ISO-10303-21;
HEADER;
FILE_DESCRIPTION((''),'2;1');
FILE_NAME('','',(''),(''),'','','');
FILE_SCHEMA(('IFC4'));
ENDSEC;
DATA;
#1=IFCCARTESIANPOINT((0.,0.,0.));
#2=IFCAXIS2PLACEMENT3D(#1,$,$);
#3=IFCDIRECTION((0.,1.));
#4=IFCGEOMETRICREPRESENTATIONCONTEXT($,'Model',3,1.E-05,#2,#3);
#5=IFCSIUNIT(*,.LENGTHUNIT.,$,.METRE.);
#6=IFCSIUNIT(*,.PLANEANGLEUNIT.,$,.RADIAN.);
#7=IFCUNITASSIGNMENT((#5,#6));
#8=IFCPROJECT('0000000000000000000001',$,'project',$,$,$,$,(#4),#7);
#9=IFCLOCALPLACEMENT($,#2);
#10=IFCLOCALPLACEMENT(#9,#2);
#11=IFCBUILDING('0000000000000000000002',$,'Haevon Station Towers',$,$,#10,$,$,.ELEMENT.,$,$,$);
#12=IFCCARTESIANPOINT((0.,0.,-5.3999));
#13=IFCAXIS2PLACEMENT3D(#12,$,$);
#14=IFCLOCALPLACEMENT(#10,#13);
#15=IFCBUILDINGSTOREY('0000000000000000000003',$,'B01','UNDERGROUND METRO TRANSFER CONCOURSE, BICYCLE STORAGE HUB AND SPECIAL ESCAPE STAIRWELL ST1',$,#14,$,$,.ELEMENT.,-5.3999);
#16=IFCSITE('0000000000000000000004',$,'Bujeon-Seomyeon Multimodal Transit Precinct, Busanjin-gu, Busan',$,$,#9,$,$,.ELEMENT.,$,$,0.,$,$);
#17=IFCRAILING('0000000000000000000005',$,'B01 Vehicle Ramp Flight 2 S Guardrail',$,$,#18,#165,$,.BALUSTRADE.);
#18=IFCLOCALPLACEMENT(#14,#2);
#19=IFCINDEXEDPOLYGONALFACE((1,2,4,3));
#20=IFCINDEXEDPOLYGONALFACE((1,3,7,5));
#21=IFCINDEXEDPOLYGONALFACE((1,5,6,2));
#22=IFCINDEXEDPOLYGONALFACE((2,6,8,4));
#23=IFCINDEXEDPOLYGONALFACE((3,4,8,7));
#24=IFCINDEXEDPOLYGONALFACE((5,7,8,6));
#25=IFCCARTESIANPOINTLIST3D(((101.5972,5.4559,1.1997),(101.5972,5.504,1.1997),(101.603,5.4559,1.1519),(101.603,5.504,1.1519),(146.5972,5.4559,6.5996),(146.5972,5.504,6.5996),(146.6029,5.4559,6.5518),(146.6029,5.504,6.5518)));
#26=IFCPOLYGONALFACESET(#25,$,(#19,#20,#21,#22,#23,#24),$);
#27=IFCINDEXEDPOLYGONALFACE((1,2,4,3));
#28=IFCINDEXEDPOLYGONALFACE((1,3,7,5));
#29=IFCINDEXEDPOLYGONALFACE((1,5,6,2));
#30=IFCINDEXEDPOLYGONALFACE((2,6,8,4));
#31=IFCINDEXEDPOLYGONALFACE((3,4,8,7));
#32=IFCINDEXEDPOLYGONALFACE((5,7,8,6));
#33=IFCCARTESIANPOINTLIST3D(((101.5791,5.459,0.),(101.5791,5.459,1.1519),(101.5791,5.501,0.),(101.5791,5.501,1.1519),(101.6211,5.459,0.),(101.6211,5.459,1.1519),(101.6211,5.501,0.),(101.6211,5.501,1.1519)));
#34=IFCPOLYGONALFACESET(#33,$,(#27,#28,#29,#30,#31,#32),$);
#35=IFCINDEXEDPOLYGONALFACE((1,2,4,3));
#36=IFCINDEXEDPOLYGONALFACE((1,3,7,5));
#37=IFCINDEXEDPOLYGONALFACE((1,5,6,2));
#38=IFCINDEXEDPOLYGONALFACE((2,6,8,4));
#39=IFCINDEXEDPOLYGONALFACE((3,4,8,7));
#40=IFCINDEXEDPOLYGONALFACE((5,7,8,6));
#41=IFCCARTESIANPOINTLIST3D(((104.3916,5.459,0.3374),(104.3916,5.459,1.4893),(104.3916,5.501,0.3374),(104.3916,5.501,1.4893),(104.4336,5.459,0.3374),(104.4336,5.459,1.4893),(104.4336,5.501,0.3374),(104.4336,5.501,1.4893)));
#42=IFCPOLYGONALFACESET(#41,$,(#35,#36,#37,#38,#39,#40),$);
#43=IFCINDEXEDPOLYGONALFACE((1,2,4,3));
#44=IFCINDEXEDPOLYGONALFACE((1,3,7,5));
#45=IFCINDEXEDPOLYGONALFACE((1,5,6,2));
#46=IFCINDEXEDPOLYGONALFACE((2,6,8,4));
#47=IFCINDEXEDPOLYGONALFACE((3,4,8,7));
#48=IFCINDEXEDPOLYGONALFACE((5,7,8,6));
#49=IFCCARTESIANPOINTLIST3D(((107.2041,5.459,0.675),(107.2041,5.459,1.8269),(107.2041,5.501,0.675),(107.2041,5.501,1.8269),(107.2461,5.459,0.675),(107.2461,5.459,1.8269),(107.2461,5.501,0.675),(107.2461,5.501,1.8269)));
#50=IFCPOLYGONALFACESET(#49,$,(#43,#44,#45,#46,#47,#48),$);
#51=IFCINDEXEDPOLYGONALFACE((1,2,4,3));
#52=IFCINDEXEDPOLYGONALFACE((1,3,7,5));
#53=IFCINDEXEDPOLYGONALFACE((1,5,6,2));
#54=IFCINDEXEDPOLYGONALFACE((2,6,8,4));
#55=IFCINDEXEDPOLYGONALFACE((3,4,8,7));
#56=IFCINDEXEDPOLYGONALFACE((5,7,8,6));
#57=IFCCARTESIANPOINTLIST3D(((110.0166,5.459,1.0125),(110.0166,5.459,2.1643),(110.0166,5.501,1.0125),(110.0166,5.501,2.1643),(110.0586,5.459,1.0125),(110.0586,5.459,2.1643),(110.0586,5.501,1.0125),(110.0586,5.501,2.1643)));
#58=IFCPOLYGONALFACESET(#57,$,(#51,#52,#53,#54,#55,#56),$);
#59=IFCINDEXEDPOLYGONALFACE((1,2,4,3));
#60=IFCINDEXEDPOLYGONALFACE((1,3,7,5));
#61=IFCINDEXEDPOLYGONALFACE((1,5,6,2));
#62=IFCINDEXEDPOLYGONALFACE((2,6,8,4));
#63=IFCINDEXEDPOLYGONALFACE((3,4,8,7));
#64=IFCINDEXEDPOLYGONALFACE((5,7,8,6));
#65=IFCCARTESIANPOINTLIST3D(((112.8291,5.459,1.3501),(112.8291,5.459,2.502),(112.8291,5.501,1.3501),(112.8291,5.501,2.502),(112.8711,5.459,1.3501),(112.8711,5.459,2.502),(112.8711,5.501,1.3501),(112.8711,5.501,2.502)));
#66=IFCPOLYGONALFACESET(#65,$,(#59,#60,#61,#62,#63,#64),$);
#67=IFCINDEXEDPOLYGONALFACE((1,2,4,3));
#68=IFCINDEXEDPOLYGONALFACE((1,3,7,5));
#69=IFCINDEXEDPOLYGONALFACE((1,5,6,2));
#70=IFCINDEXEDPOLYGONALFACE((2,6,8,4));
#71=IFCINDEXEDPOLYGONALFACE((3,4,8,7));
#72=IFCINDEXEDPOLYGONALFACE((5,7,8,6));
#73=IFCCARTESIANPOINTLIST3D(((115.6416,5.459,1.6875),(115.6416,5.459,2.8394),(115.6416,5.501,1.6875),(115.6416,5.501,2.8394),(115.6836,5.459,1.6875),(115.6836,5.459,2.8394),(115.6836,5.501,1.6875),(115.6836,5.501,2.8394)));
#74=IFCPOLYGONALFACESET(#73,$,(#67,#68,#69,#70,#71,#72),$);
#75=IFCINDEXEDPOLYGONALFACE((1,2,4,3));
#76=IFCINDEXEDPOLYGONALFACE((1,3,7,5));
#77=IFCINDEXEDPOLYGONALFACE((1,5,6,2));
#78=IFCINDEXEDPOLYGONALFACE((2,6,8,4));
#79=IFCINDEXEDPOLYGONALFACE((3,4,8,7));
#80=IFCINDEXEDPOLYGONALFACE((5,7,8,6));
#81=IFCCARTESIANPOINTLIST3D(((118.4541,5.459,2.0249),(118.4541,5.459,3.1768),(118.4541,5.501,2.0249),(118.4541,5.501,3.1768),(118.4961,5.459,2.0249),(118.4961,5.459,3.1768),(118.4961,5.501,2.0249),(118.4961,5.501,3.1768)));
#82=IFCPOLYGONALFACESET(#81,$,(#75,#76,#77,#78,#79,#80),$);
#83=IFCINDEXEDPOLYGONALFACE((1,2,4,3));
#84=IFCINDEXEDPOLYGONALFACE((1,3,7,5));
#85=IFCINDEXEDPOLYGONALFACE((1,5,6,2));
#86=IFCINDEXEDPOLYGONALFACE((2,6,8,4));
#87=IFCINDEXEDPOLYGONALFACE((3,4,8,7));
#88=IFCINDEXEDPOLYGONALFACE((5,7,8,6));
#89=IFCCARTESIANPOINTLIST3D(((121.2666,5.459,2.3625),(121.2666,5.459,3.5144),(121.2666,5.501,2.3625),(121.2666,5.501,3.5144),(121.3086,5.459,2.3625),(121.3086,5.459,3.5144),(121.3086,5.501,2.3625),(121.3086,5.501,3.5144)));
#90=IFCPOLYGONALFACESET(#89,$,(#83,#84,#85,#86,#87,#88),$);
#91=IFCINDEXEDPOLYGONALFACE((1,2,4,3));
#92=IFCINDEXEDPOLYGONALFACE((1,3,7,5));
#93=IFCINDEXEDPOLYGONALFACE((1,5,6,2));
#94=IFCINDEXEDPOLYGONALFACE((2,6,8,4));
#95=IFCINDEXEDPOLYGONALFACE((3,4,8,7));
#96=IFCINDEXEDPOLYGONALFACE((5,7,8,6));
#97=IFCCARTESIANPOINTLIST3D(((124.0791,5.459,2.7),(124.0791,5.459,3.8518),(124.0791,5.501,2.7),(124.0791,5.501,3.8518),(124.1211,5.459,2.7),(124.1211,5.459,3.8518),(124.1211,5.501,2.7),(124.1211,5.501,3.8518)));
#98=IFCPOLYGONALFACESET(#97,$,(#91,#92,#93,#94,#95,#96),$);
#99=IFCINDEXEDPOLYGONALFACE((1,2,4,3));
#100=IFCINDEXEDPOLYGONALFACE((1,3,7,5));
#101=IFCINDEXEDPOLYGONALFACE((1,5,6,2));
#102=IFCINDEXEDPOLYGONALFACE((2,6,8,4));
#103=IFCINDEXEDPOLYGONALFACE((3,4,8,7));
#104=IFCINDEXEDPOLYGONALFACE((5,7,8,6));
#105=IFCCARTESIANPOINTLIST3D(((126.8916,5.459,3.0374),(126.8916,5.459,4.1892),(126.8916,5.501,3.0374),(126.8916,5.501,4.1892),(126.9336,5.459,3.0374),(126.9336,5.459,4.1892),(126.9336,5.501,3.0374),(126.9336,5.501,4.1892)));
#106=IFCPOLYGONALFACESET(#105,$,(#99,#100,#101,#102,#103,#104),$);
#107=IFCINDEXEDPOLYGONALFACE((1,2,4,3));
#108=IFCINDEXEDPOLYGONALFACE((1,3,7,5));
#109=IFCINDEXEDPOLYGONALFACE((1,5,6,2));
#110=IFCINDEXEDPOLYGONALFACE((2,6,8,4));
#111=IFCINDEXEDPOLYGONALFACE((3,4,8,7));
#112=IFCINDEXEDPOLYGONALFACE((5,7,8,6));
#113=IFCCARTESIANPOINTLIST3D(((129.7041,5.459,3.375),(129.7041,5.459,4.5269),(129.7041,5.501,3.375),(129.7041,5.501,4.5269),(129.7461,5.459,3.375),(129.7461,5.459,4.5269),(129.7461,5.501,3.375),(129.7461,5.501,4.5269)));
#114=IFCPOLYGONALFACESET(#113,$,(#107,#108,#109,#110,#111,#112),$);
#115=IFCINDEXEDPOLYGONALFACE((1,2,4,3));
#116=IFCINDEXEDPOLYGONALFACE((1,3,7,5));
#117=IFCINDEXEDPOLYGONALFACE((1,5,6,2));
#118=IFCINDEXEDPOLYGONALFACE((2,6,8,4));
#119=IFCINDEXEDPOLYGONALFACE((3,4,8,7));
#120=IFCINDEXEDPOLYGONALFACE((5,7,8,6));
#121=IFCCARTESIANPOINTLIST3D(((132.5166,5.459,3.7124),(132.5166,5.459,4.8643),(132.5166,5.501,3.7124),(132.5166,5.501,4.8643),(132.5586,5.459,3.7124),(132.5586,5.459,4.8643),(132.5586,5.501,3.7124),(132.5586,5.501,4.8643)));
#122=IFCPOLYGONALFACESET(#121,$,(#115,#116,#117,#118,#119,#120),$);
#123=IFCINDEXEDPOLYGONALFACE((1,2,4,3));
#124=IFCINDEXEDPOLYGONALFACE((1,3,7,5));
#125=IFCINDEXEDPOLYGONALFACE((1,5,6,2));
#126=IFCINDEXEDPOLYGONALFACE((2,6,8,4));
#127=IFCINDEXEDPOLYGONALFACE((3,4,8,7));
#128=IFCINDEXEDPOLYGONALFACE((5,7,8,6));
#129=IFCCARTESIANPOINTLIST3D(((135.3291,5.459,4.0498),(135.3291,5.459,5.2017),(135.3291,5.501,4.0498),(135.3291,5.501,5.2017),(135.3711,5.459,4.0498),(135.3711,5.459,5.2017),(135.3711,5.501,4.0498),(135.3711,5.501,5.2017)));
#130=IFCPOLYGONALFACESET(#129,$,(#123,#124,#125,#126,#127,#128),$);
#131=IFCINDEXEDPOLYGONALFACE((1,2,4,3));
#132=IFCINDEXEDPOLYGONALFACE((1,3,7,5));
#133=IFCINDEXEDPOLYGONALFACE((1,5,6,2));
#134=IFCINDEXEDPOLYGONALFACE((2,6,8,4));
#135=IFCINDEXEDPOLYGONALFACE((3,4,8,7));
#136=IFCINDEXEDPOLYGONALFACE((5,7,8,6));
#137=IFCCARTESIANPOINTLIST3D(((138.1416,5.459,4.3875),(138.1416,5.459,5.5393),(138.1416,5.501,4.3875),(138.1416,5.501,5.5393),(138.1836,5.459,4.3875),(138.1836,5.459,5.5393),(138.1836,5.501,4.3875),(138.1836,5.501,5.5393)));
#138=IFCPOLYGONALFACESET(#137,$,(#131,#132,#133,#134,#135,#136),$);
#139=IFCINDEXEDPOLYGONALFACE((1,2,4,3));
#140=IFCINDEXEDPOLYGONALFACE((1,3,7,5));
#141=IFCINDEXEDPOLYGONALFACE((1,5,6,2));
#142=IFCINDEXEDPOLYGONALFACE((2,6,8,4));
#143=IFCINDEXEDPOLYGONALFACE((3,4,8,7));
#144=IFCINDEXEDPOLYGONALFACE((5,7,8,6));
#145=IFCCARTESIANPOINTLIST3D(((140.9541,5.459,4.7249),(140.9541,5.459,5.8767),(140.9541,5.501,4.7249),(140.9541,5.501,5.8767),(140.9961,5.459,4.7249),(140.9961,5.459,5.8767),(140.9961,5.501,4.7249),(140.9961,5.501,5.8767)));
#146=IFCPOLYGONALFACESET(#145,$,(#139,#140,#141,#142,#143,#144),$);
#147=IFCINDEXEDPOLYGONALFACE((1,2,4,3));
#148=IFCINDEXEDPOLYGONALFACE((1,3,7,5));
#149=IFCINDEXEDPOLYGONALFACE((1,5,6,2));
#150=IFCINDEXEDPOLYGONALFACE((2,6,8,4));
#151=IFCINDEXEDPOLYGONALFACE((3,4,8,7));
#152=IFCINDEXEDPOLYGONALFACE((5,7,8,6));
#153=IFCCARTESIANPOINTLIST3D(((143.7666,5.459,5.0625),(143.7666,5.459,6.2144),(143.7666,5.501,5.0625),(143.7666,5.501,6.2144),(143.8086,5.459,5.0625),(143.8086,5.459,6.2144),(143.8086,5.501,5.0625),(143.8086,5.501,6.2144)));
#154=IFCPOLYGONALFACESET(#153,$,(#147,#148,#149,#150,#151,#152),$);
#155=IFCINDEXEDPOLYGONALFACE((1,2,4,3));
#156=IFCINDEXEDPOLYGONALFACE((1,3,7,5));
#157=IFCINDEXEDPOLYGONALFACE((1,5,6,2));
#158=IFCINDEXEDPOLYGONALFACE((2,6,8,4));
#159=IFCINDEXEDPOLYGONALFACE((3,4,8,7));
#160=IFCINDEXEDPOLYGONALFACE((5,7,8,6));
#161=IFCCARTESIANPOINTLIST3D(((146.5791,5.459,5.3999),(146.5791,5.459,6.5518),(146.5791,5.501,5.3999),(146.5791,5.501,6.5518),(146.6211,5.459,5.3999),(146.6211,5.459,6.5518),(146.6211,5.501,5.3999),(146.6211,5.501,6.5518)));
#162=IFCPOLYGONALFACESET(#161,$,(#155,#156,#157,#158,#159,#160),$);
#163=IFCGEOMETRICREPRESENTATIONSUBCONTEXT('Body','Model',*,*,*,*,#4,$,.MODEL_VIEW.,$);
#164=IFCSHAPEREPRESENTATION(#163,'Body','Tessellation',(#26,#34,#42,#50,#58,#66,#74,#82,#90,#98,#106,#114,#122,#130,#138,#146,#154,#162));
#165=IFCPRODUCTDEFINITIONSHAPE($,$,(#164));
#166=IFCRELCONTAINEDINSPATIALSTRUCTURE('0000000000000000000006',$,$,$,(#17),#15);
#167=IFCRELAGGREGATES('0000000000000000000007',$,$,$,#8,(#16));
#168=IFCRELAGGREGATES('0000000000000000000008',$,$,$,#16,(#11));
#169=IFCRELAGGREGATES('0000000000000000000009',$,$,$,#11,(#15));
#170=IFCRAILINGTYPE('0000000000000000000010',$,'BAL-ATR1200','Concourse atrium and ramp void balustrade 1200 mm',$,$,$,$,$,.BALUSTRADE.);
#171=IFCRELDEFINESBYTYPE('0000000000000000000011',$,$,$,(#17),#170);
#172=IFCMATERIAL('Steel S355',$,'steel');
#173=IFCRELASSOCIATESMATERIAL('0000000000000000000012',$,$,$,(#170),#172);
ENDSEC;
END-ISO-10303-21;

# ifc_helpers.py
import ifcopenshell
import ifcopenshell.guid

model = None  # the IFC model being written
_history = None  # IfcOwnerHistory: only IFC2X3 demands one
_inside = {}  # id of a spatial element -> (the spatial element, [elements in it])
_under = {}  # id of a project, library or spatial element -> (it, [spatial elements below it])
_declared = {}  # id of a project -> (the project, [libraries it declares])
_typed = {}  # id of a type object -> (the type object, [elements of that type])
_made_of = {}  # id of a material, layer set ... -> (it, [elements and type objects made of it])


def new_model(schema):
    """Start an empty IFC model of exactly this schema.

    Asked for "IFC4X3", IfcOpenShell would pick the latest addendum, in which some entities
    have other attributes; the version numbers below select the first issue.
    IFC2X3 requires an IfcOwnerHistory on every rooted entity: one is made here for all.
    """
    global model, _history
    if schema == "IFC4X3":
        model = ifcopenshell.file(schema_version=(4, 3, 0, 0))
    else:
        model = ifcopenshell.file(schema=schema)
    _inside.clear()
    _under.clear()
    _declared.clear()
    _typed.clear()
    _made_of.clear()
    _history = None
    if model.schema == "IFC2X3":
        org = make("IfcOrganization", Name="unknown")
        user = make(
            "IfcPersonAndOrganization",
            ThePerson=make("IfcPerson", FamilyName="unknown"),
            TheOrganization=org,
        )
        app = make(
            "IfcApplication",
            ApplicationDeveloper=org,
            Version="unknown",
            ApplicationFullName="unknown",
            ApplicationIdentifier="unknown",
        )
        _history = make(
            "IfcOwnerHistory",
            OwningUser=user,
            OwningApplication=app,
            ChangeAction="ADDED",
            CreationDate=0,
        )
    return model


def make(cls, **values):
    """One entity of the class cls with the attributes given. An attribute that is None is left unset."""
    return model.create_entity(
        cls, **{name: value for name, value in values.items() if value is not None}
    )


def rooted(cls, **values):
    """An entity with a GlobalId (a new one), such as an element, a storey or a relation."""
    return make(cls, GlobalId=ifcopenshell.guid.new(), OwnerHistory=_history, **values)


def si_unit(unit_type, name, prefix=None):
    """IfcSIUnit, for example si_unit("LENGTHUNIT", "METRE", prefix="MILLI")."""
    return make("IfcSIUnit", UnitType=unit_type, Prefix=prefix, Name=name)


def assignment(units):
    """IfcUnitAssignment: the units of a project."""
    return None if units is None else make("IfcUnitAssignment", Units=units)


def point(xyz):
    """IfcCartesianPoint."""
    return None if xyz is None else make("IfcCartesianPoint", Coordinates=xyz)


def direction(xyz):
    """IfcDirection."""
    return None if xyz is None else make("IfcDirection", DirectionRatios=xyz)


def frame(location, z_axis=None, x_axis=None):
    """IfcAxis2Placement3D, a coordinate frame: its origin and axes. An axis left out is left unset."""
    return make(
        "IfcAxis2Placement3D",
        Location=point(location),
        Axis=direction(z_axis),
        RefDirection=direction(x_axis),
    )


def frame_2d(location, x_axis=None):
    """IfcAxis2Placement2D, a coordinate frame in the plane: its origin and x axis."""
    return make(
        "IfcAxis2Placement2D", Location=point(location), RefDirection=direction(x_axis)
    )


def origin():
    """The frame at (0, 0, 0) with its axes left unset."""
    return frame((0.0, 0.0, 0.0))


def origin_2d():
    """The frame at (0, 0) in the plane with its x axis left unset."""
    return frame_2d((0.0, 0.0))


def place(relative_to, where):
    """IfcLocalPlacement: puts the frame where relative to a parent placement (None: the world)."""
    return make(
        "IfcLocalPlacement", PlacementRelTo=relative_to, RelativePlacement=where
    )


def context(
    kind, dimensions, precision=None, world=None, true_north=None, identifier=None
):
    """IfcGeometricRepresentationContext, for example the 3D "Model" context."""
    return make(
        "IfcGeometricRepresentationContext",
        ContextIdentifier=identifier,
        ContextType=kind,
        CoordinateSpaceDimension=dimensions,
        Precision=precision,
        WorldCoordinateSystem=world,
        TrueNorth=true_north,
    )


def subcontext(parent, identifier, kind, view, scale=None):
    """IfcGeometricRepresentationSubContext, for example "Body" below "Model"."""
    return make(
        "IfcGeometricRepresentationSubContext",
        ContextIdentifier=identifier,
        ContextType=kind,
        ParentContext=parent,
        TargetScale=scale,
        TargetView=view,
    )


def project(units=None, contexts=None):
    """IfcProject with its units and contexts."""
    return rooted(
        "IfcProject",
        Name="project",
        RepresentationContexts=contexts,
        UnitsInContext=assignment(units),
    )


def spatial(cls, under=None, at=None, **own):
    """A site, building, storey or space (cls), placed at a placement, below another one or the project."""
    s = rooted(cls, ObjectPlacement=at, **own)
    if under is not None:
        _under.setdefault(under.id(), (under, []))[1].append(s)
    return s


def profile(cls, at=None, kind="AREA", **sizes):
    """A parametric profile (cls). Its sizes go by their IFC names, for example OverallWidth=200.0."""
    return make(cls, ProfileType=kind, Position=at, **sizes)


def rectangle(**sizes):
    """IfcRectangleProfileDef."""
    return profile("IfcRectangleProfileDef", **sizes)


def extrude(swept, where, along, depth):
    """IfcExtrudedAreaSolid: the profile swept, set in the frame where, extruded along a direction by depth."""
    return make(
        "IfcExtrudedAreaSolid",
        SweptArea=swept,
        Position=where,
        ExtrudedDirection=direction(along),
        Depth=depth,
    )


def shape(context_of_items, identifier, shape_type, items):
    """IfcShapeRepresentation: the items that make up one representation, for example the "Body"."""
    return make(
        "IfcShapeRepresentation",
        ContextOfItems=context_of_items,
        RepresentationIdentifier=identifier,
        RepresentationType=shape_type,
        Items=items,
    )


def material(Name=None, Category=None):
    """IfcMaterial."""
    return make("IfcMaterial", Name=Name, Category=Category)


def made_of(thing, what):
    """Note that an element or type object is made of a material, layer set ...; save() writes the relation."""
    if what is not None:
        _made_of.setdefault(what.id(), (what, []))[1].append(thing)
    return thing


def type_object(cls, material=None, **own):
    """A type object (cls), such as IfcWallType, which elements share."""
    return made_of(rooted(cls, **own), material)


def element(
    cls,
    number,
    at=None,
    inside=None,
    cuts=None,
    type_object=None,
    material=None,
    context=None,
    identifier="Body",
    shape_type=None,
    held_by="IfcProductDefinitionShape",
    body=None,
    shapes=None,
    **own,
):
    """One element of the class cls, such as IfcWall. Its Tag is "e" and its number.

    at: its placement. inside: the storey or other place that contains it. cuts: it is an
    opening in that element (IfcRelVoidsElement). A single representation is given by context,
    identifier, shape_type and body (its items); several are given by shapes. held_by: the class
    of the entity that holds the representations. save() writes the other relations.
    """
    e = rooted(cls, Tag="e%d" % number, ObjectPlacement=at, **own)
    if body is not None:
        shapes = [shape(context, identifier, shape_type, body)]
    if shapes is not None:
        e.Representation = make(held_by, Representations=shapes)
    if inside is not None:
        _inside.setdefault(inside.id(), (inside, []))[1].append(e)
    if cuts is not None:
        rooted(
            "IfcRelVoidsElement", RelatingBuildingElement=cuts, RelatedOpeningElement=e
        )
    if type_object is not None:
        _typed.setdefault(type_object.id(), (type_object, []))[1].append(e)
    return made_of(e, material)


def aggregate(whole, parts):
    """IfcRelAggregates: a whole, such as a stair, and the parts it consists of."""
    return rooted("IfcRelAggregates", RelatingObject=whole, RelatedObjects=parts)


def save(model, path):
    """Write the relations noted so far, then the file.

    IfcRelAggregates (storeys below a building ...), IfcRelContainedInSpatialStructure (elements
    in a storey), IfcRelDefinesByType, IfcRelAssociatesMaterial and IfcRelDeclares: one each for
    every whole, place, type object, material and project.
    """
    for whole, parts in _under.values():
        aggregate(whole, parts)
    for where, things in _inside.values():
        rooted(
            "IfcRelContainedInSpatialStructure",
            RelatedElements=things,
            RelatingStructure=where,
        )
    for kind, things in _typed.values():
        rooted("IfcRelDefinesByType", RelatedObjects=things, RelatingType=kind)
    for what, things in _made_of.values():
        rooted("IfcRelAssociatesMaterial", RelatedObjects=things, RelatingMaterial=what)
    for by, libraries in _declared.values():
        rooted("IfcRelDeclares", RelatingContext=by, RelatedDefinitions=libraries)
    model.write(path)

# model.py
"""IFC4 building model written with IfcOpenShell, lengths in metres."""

from ifc_helpers import new_model, si_unit, direction, frame, origin, origin_2d, place, context, subcontext, project, spatial, rectangle, extrude, material, type_object, element, save


model = new_model("IFC4")

# Units and contexts
model_context = context("Model", 3, precision=1e-05, world=origin(), true_north=direction((0.0, 1.0)))
body_context = subcontext(model_context, "Body", "Model", "MODEL_VIEW")
ifc_project = project(units=[si_unit("LENGTHUNIT", "METRE"), si_unit("PLANEANGLEUNIT", "RADIAN")], contexts=[model_context])

# Site, building, storey
site_placement = place(None, origin())
site = spatial("IfcSite", under=ifc_project, at=site_placement, Name="Bujeon-Seomyeon Multimodal Transit Precinct, Busanjin-gu, Busan", CompositionType="ELEMENT", RefElevation=0.0)
building_placement = place(site_placement, origin())
building = spatial("IfcBuilding", under=site, at=building_placement, Name="Haevon Station Towers", CompositionType="ELEMENT")
storey_placement = place(building_placement, frame((0.0, 0.0, -5.3999)))
storey = spatial("IfcBuildingStorey", under=building, at=storey_placement, Name="B01", Description="UNDERGROUND METRO TRANSFER CONCOURSE, BICYCLE STORAGE HUB AND SPECIAL ESCAPE STAIRWELL ST1", CompositionType="ELEMENT", Elevation=-5.3999)

# Shared definitions
ifc_material_1 = material(Name="Steel S355", Category="steel")

# Railing
railing_type_1 = type_object("IfcRailingType", Name="BAL-ATR1200", Description="Concourse atrium and ramp void balustrade 1200 mm", PredefinedType="BALUSTRADE", material=ifc_material_1)
railing_1_placement = place(storey_placement, frame((101.6001, 5.48, 0.0)))
element("IfcRailing", 1, at=railing_1_placement, inside=storey, type_object=railing_type_1, Name="B01 Vehicle Ramp Flight 2 S Guardrail", PredefinedType="BALUSTRADE", context=body_context, shape_type="SweptSolid", body=[
    extrude(rectangle(XDim=0.0481, YDim=0.0481, at=origin_2d()), frame((0.0, 0.0, 1.1758), z_axis=(0.992877, 0.0, 0.119143), x_axis=(0.0, 1.0, 0.0)), (0.0, 0.0, 1.0), 45.3228),
    extrude(rectangle(XDim=0.042, YDim=0.042, at=origin_2d()), origin(), (0.0, 0.0, 1.0), 1.1519),
    extrude(rectangle(XDim=0.042, YDim=0.042, at=origin_2d()), frame((2.8125, 0.0, 0.3374)), (0.0, 0.0, 1.0), 1.1519),
    extrude(rectangle(XDim=0.042, YDim=0.042, at=origin_2d()), frame((5.625, 0.0, 0.675)), (0.0, 0.0, 1.0), 1.1519),
    extrude(rectangle(XDim=0.042, YDim=0.042, at=origin_2d()), frame((8.4375, 0.0, 1.0125)), (0.0, 0.0, 1.0), 1.1519),
    extrude(rectangle(XDim=0.042, YDim=0.042, at=origin_2d()), frame((11.25, 0.0, 1.3501)), (0.0, 0.0, 1.0), 1.1519),
    extrude(rectangle(XDim=0.042, YDim=0.042, at=origin_2d()), frame((14.0625, 0.0, 1.6875)), (0.0, 0.0, 1.0), 1.1519),
    extrude(rectangle(XDim=0.042, YDim=0.042, at=origin_2d()), frame((16.875, 0.0, 2.0249)), (0.0, 0.0, 1.0), 1.1519),
    extrude(rectangle(XDim=0.042, YDim=0.042, at=origin_2d()), frame((19.6875, 0.0, 2.3625)), (0.0, 0.0, 1.0), 1.1519),
    extrude(rectangle(XDim=0.042, YDim=0.042, at=origin_2d()), frame((22.5, 0.0, 2.7)), (0.0, 0.0, 1.0), 1.1519),
    extrude(rectangle(XDim=0.042, YDim=0.042, at=origin_2d()), frame((25.3125, 0.0, 3.0374)), (0.0, 0.0, 1.0), 1.1519),
    extrude(rectangle(XDim=0.042, YDim=0.042, at=origin_2d()), frame((28.125, 0.0, 3.375)), (0.0, 0.0, 1.0), 1.1519),
    extrude(rectangle(XDim=0.042, YDim=0.042, at=origin_2d()), frame((30.9375, 0.0, 3.7124)), (0.0, 0.0, 1.0), 1.1519),
    extrude(rectangle(XDim=0.042, YDim=0.042, at=origin_2d()), frame((33.75, 0.0, 4.0498)), (0.0, 0.0, 1.0), 1.1519),
    extrude(rectangle(XDim=0.042, YDim=0.042, at=origin_2d()), frame((36.5625, 0.0, 4.3875)), (0.0, 0.0, 1.0), 1.1519),
    extrude(rectangle(XDim=0.042, YDim=0.042, at=origin_2d()), frame((39.375, 0.0, 4.7249)), (0.0, 0.0, 1.0), 1.1519),
    extrude(rectangle(XDim=0.042, YDim=0.042, at=origin_2d()), frame((42.1875, 0.0, 5.0625)), (0.0, 0.0, 1.0), 1.1519),
    extrude(rectangle(XDim=0.042, YDim=0.042, at=origin_2d()), frame((45.0, 0.0, 5.3999)), (0.0, 0.0, 1.0), 1.1519),
])

save(model, "model.ifc")
